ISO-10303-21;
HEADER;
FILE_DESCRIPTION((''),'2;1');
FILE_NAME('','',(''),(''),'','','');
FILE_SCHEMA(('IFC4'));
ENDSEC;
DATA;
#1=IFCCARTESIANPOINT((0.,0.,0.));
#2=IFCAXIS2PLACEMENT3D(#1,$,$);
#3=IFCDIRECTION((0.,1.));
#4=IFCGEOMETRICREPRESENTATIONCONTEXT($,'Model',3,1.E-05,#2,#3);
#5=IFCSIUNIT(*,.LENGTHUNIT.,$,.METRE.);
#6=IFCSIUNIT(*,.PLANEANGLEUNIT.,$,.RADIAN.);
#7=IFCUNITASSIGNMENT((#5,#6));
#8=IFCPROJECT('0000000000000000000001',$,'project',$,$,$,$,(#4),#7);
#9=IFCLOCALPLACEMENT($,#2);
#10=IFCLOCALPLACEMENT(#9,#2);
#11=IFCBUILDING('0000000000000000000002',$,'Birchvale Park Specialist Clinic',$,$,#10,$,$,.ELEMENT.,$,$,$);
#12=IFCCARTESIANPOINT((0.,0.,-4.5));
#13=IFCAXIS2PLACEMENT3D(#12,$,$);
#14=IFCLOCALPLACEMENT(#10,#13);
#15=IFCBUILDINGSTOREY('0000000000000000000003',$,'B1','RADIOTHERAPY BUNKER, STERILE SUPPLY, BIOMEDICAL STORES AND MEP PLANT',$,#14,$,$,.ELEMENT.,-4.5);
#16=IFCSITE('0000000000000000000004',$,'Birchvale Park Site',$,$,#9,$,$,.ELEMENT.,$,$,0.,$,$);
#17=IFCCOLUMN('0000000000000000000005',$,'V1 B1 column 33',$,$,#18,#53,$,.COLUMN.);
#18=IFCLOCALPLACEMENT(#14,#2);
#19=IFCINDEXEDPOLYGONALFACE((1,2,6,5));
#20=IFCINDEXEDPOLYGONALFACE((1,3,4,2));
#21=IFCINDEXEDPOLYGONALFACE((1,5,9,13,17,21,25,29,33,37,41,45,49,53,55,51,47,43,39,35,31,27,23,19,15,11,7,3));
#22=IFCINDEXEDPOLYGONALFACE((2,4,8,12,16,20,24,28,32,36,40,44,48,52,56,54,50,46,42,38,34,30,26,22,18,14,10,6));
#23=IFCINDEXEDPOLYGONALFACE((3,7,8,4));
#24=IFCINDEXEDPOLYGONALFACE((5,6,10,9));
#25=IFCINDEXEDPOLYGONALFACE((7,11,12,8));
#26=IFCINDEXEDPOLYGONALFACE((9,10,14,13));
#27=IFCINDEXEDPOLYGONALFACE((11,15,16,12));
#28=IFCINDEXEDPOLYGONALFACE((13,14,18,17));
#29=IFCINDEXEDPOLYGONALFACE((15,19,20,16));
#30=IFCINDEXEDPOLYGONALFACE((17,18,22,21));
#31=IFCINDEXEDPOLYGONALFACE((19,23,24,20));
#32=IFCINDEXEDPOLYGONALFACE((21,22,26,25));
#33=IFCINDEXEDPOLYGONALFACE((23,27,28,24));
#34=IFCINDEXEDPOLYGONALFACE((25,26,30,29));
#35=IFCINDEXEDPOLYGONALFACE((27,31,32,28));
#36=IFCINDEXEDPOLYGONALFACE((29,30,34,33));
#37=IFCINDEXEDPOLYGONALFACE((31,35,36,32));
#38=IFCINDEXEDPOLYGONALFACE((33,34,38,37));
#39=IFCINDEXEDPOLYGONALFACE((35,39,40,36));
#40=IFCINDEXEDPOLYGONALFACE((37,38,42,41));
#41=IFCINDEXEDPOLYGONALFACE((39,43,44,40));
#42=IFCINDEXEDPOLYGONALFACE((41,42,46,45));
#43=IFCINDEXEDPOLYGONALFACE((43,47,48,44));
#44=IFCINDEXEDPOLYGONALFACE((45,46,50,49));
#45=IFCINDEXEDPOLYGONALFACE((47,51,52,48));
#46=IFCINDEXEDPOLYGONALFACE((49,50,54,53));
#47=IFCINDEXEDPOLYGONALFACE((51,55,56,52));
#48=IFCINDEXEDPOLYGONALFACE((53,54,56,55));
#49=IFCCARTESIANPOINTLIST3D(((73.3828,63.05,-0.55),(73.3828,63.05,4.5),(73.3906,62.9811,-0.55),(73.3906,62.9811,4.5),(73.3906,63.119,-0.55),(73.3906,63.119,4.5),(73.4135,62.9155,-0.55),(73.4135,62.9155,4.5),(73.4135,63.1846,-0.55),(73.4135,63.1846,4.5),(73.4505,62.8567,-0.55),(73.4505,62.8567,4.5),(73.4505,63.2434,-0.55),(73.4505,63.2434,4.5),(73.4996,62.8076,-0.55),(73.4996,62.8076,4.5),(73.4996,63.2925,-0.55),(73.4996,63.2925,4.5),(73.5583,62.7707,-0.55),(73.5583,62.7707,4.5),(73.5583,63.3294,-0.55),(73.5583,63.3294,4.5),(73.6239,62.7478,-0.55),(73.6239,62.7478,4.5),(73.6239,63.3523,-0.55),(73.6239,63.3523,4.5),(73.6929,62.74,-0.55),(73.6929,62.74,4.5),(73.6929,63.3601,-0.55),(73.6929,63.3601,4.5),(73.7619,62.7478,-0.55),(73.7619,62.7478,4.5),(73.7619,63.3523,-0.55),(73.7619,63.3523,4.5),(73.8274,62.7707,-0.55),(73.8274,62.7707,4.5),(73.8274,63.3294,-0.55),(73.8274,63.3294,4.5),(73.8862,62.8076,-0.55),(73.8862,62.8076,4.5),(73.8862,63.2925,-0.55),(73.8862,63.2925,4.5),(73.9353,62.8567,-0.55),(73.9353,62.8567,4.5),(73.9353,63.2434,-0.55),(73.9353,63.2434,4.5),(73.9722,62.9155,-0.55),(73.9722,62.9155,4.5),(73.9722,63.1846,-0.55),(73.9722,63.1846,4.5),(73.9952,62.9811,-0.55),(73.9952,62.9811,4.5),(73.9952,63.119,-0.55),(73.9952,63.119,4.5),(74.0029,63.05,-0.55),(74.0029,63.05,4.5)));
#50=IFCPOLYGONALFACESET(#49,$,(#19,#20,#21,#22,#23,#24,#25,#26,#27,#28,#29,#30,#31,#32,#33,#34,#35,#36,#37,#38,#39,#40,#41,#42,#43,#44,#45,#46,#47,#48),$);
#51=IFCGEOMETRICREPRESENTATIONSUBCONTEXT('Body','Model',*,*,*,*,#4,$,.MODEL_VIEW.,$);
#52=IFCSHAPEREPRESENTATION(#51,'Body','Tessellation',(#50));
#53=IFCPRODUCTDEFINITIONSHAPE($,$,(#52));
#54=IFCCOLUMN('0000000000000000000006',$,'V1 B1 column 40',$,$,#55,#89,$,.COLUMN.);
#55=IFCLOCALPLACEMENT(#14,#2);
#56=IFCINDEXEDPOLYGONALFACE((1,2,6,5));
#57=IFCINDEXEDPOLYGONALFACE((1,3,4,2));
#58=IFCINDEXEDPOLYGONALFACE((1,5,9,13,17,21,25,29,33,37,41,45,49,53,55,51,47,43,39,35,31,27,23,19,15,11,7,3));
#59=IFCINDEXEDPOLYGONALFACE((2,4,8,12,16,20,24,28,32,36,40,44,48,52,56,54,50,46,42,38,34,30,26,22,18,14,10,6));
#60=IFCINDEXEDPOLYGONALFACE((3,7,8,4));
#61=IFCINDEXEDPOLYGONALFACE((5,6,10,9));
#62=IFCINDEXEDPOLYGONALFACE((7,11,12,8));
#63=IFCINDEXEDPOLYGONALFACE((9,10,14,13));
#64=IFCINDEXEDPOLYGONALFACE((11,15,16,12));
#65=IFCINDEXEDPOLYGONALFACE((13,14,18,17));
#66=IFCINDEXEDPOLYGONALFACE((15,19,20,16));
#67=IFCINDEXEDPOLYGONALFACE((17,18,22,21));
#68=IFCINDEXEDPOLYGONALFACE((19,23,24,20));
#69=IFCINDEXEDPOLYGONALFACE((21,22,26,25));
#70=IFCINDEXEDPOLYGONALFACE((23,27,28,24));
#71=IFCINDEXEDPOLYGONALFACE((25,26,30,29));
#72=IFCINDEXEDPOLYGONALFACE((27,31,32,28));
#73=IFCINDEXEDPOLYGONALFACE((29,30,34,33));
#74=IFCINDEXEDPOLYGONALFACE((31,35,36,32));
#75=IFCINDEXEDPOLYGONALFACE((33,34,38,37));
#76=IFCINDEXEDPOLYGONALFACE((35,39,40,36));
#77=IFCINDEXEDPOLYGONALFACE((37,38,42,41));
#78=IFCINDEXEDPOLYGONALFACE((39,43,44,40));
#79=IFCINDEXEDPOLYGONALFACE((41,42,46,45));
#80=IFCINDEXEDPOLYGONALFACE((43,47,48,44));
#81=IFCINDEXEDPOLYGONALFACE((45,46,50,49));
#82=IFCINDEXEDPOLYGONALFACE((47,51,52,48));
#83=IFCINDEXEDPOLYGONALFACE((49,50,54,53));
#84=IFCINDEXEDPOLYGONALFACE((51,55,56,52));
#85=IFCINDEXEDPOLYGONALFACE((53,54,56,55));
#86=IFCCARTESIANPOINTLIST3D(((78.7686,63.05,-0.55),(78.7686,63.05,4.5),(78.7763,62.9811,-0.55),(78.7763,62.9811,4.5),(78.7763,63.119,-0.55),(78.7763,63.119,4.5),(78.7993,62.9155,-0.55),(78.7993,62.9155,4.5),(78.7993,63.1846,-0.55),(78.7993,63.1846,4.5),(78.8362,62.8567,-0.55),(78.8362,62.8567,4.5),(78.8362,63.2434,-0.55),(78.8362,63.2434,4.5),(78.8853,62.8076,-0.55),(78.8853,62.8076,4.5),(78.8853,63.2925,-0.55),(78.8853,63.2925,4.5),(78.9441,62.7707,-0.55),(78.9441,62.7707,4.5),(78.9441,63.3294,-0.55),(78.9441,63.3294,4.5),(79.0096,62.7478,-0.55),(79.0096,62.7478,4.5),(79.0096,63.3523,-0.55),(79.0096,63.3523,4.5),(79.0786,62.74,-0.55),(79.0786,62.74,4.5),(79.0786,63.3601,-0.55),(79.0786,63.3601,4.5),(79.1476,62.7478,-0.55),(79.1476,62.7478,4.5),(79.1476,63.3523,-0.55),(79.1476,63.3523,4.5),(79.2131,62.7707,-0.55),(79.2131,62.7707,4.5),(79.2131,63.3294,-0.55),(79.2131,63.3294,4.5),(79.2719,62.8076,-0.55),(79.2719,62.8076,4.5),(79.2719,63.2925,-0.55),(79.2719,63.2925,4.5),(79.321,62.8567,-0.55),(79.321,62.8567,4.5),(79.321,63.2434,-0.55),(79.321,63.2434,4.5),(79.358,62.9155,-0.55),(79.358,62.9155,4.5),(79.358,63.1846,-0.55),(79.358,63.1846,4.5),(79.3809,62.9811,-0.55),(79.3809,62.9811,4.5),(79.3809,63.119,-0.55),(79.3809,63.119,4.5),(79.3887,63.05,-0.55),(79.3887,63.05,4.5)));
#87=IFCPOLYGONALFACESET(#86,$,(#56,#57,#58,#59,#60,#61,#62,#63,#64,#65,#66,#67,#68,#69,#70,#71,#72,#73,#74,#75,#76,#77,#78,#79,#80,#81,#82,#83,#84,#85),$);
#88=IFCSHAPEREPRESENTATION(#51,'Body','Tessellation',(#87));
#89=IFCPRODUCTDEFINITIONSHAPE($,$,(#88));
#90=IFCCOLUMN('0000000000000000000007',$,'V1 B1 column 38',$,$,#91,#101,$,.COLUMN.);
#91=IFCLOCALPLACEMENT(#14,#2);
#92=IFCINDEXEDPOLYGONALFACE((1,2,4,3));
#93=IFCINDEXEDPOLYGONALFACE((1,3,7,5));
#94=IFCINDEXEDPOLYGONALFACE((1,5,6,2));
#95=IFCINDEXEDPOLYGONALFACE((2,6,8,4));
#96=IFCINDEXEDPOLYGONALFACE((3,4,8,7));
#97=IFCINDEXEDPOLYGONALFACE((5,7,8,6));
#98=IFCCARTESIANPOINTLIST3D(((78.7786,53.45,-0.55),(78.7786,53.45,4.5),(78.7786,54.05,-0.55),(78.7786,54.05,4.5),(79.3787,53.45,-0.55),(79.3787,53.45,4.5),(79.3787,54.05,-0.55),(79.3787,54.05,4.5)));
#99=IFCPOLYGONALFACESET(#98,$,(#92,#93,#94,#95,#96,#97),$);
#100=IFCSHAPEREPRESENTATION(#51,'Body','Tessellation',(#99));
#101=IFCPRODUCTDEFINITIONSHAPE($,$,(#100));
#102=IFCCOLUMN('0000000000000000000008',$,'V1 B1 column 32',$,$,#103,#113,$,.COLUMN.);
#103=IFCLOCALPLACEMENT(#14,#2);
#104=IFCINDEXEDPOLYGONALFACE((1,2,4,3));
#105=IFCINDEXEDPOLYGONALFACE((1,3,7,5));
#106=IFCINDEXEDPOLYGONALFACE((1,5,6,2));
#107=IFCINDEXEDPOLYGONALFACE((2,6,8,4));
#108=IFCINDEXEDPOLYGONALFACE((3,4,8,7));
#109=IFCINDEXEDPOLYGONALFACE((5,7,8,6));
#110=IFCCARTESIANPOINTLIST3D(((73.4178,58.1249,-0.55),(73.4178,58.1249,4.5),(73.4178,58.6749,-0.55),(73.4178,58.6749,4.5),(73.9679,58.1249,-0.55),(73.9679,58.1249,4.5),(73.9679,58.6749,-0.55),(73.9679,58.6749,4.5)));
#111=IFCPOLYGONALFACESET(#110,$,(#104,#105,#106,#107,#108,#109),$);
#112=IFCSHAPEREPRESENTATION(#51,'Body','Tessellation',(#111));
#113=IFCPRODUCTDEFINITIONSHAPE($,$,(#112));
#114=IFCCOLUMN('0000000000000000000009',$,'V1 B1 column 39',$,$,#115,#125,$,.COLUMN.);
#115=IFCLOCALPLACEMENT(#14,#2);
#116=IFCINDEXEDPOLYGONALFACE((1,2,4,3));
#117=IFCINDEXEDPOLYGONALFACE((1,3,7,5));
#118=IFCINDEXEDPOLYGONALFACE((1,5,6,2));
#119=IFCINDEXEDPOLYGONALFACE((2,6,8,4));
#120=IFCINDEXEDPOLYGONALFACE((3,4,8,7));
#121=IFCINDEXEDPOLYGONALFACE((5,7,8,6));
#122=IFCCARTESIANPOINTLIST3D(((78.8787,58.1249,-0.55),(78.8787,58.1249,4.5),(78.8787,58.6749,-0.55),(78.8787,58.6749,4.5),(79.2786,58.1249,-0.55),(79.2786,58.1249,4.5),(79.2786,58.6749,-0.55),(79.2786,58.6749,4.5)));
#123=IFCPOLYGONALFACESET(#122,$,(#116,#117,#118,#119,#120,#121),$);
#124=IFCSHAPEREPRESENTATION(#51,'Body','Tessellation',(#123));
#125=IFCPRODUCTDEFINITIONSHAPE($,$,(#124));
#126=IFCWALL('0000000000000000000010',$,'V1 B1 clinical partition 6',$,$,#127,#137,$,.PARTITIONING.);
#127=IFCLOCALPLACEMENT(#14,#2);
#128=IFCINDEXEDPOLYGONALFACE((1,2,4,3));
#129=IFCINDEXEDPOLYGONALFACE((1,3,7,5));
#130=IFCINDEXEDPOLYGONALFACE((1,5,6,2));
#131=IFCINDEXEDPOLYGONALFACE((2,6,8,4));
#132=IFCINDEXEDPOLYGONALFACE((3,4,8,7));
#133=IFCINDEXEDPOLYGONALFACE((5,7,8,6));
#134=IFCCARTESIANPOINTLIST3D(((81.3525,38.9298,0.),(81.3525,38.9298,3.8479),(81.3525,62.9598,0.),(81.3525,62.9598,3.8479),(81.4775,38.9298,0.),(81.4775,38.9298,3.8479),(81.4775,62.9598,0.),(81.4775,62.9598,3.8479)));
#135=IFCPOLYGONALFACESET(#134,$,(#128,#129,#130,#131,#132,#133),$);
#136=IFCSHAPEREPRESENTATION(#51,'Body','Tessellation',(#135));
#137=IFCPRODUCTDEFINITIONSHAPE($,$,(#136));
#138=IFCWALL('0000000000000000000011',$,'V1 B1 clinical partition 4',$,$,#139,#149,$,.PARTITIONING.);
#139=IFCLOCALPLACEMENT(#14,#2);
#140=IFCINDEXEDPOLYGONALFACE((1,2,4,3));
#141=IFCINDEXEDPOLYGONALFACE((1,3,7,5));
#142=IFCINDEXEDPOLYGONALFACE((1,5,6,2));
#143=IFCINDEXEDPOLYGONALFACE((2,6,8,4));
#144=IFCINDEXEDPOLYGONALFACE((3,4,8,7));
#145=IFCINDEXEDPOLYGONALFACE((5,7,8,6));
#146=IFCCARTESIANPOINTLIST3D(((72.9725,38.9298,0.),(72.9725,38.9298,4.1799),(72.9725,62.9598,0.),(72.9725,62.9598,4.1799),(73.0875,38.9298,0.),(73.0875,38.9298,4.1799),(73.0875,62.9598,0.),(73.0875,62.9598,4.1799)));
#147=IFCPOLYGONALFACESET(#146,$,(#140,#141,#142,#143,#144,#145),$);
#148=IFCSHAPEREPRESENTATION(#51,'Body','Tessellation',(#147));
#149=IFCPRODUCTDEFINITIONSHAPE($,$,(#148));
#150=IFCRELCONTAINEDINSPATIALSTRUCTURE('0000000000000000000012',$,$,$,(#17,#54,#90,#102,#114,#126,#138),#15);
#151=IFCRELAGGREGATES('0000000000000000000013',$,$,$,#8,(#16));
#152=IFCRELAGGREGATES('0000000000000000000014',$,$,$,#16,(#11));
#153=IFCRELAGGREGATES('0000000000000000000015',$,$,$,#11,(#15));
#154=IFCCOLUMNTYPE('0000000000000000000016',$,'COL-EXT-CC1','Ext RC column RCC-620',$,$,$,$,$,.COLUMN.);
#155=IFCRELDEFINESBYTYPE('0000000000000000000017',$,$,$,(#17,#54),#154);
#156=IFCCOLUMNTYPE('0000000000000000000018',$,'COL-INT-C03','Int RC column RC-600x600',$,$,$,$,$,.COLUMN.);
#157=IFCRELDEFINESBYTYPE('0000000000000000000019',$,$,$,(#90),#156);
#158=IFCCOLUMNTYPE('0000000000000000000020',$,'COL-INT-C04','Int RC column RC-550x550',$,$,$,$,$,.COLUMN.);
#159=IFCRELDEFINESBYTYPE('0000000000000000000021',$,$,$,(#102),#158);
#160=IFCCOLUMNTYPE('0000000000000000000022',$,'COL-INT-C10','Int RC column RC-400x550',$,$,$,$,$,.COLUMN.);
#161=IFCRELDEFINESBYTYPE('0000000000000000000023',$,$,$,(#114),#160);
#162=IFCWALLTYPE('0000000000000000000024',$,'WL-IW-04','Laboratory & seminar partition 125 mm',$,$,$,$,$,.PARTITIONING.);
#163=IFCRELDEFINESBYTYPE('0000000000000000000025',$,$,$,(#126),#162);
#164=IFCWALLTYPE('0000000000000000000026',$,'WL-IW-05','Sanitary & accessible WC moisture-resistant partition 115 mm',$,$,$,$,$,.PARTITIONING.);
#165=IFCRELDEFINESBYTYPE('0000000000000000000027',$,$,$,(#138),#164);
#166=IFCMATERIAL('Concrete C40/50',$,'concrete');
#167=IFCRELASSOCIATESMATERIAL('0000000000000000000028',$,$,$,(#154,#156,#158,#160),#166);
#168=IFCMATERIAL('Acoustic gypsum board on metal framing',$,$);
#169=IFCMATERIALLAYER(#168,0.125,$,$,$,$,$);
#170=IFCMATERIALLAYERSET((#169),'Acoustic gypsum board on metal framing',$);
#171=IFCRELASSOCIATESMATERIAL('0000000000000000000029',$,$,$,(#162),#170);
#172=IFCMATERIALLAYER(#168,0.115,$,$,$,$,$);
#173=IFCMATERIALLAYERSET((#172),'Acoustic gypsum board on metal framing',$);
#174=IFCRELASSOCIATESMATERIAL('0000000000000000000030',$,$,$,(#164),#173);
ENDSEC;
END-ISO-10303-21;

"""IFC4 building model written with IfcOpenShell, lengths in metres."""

from ifc_helpers import new_model, si_unit, direction, frame, frame_2d, origin, origin_2d, place, context, subcontext, project, spatial, rectangle, circle, extrude, material, layer, layer_set, material_profile, profile_set, type_object, element, save


model = new_model("IFC4")

# Units and contexts
model_context = context("Model", 3, precision=1e-05, world=origin(), true_north=direction((0.0, 1.0)))
body_context = subcontext(model_context, "Body", "Model", "MODEL_VIEW")
ifc_project = project(units=[si_unit("LENGTHUNIT", "METRE"), si_unit("PLANEANGLEUNIT", "RADIAN")], contexts=[model_context])

# Site, building, storey
site_placement = place(None, origin())
site = spatial("IfcSite", under=ifc_project, at=site_placement, Name="Birchvale Park Site", CompositionType="ELEMENT", RefElevation=0.0)
building_placement = place(site_placement, origin())
building = spatial("IfcBuilding", under=site, at=building_placement, Name="Birchvale Park Specialist Clinic", CompositionType="ELEMENT")
storey_placement = place(building_placement, frame((0.0, 0.0, -4.5)))
storey = spatial("IfcBuildingStorey", under=building, at=storey_placement, Name="B1", Description="RADIOTHERAPY BUNKER, STERILE SUPPLY, BIOMEDICAL STORES AND MEP PLANT", CompositionType="ELEMENT", Elevation=-4.5)

# Shared definitions
ifc_material_1 = material(Name="Concrete C40/50", Category="concrete")

# Columns
ifc_material_profile_1 = material_profile(ifc_material_1, circle(Radius=0.3101, at=origin_2d()), Name="RCC-620")
ifc_profile_set_1 = profile_set([ifc_material_profile_1], Name="Concrete C40/50")
column_type_1 = type_object("IfcColumnType", Name="COL-EXT-CC1", Description="Ext RC column RCC-620", PredefinedType="COLUMN", material=ifc_profile_set_1)
for number, where, z_axis, x_axis, name in (
    (1, (73.6929, 63.05, -0.55), (0.0, 0.0, 1.0), (1.0, 0.0, 0.0), "V1 B1 column 33"),
    (2, (79.0786, 63.05, -0.55), (0.0, 0.0, 1.0), (1.0, 0.0, 0.0), "V1 B1 column 40"),
):
    element("IfcColumn", number, at=place(storey_placement, frame(where, z_axis=z_axis, x_axis=x_axis)), inside=storey, type_object=column_type_1, Name=name, PredefinedType="COLUMN", context=body_context, shape_type="SweptSolid", body=[
        extrude(circle(Radius=0.3101, at=origin_2d()), origin(), (0.0, 0.0, 1.0), 5.05),
    ])
ifc_material_profile_2 = material_profile(ifc_material_1, rectangle(XDim=0.6001, YDim=0.6001, at=origin_2d()), Name="RC-600x600")
ifc_profile_set_2 = profile_set([ifc_material_profile_2], Name="Concrete C40/50")
column_type_2 = type_object("IfcColumnType", Name="COL-INT-C03", Description="Int RC column RC-600x600", PredefinedType="COLUMN", material=ifc_profile_set_2)
column_1_placement = place(storey_placement, frame((79.0786, 53.75, -0.55), z_axis=(0.0, 0.0, 1.0), x_axis=(1.0, 0.0, 0.0)))
element("IfcColumn", 3, at=column_1_placement, inside=storey, type_object=column_type_2, Name="V1 B1 column 38", PredefinedType="COLUMN", context=body_context, shape_type="SweptSolid", body=[
    extrude(rectangle(XDim=0.6001, YDim=0.6001, at=origin_2d()), origin(), (0.0, 0.0, 1.0), 5.05),
])
ifc_material_profile_3 = material_profile(ifc_material_1, rectangle(XDim=0.55, YDim=0.55, at=origin_2d()), Name="RC-550x550")
ifc_profile_set_3 = profile_set([ifc_material_profile_3], Name="Concrete C40/50")
column_type_3 = type_object("IfcColumnType", Name="COL-INT-C04", Description="Int RC column RC-550x550", PredefinedType="COLUMN", material=ifc_profile_set_3)
column_2_placement = place(storey_placement, frame((73.6929, 58.3999, -0.55), z_axis=(0.0, 0.0, 1.0), x_axis=(1.0, 0.0, 0.0)))
element("IfcColumn", 4, at=column_2_placement, inside=storey, type_object=column_type_3, Name="V1 B1 column 32", PredefinedType="COLUMN", context=body_context, shape_type="SweptSolid", body=[
    extrude(rectangle(XDim=0.55, YDim=0.55, at=origin_2d()), origin(), (0.0, 0.0, 1.0), 5.05),
])
ifc_material_profile_4 = material_profile(ifc_material_1, rectangle(XDim=0.3999, YDim=0.55, at=origin_2d()), Name="RC-400x550")
ifc_profile_set_4 = profile_set([ifc_material_profile_4], Name="Concrete C40/50")
column_type_4 = type_object("IfcColumnType", Name="COL-INT-C10", Description="Int RC column RC-400x550", PredefinedType="COLUMN", material=ifc_profile_set_4)
column_3_placement = place(storey_placement, frame((79.0786, 58.3999, -0.55), z_axis=(0.0, 0.0, 1.0), x_axis=(1.0, 0.0, 0.0)))
element("IfcColumn", 5, at=column_3_placement, inside=storey, type_object=column_type_4, Name="V1 B1 column 39", PredefinedType="COLUMN", context=body_context, shape_type="SweptSolid", body=[
    extrude(rectangle(XDim=0.3999, YDim=0.55, at=origin_2d()), origin(), (0.0, 0.0, 1.0), 5.05),
])

# Walls
ifc_material_2 = material(Name="Acoustic gypsum board on metal framing")
ifc_layer_1 = layer(ifc_material_2, 0.125)
ifc_layer_set_1 = layer_set([ifc_layer_1], Name="Acoustic gypsum board on metal framing")
wall_type_1 = type_object("IfcWallType", Name="WL-IW-04", Description="Laboratory & seminar partition 125 mm", PredefinedType="PARTITIONING", material=ifc_layer_set_1)
wall_1_placement = place(storey_placement, frame((81.415, 62.96, 0.0), z_axis=(0.0, 0.0, 1.0), x_axis=(0.0, -1.0, 0.0)))
element("IfcWall", 6, at=wall_1_placement, inside=storey, type_object=wall_type_1, Name="V1 B1 clinical partition 6", PredefinedType="PARTITIONING", context=body_context, shape_type="SweptSolid", body=[
    extrude(rectangle(XDim=24.03, YDim=0.125, at=frame_2d((12.0151, 0.0))), origin(), (0.0, 0.0, 1.0), 3.8479),
])
ifc_layer_2 = layer(ifc_material_2, 0.115)
ifc_layer_set_2 = layer_set([ifc_layer_2], Name="Acoustic gypsum board on metal framing")
wall_type_2 = type_object("IfcWallType", Name="WL-IW-05", Description="Sanitary & accessible WC moisture-resistant partition 115 mm", PredefinedType="PARTITIONING", material=ifc_layer_set_2)
wall_2_placement = place(storey_placement, frame((73.03, 62.96, 0.0), z_axis=(0.0, 0.0, 1.0), x_axis=(0.0, -1.0, 0.0)))
element("IfcWall", 7, at=wall_2_placement, inside=storey, type_object=wall_type_2, Name="V1 B1 clinical partition 4", PredefinedType="PARTITIONING", context=body_context, shape_type="SweptSolid", body=[
    extrude(rectangle(XDim=24.03, YDim=0.115, at=frame_2d((12.0151, 0.0))), origin(), (0.0, 0.0, 1.0), 4.1799),
])

save(model, "model.ifc")
